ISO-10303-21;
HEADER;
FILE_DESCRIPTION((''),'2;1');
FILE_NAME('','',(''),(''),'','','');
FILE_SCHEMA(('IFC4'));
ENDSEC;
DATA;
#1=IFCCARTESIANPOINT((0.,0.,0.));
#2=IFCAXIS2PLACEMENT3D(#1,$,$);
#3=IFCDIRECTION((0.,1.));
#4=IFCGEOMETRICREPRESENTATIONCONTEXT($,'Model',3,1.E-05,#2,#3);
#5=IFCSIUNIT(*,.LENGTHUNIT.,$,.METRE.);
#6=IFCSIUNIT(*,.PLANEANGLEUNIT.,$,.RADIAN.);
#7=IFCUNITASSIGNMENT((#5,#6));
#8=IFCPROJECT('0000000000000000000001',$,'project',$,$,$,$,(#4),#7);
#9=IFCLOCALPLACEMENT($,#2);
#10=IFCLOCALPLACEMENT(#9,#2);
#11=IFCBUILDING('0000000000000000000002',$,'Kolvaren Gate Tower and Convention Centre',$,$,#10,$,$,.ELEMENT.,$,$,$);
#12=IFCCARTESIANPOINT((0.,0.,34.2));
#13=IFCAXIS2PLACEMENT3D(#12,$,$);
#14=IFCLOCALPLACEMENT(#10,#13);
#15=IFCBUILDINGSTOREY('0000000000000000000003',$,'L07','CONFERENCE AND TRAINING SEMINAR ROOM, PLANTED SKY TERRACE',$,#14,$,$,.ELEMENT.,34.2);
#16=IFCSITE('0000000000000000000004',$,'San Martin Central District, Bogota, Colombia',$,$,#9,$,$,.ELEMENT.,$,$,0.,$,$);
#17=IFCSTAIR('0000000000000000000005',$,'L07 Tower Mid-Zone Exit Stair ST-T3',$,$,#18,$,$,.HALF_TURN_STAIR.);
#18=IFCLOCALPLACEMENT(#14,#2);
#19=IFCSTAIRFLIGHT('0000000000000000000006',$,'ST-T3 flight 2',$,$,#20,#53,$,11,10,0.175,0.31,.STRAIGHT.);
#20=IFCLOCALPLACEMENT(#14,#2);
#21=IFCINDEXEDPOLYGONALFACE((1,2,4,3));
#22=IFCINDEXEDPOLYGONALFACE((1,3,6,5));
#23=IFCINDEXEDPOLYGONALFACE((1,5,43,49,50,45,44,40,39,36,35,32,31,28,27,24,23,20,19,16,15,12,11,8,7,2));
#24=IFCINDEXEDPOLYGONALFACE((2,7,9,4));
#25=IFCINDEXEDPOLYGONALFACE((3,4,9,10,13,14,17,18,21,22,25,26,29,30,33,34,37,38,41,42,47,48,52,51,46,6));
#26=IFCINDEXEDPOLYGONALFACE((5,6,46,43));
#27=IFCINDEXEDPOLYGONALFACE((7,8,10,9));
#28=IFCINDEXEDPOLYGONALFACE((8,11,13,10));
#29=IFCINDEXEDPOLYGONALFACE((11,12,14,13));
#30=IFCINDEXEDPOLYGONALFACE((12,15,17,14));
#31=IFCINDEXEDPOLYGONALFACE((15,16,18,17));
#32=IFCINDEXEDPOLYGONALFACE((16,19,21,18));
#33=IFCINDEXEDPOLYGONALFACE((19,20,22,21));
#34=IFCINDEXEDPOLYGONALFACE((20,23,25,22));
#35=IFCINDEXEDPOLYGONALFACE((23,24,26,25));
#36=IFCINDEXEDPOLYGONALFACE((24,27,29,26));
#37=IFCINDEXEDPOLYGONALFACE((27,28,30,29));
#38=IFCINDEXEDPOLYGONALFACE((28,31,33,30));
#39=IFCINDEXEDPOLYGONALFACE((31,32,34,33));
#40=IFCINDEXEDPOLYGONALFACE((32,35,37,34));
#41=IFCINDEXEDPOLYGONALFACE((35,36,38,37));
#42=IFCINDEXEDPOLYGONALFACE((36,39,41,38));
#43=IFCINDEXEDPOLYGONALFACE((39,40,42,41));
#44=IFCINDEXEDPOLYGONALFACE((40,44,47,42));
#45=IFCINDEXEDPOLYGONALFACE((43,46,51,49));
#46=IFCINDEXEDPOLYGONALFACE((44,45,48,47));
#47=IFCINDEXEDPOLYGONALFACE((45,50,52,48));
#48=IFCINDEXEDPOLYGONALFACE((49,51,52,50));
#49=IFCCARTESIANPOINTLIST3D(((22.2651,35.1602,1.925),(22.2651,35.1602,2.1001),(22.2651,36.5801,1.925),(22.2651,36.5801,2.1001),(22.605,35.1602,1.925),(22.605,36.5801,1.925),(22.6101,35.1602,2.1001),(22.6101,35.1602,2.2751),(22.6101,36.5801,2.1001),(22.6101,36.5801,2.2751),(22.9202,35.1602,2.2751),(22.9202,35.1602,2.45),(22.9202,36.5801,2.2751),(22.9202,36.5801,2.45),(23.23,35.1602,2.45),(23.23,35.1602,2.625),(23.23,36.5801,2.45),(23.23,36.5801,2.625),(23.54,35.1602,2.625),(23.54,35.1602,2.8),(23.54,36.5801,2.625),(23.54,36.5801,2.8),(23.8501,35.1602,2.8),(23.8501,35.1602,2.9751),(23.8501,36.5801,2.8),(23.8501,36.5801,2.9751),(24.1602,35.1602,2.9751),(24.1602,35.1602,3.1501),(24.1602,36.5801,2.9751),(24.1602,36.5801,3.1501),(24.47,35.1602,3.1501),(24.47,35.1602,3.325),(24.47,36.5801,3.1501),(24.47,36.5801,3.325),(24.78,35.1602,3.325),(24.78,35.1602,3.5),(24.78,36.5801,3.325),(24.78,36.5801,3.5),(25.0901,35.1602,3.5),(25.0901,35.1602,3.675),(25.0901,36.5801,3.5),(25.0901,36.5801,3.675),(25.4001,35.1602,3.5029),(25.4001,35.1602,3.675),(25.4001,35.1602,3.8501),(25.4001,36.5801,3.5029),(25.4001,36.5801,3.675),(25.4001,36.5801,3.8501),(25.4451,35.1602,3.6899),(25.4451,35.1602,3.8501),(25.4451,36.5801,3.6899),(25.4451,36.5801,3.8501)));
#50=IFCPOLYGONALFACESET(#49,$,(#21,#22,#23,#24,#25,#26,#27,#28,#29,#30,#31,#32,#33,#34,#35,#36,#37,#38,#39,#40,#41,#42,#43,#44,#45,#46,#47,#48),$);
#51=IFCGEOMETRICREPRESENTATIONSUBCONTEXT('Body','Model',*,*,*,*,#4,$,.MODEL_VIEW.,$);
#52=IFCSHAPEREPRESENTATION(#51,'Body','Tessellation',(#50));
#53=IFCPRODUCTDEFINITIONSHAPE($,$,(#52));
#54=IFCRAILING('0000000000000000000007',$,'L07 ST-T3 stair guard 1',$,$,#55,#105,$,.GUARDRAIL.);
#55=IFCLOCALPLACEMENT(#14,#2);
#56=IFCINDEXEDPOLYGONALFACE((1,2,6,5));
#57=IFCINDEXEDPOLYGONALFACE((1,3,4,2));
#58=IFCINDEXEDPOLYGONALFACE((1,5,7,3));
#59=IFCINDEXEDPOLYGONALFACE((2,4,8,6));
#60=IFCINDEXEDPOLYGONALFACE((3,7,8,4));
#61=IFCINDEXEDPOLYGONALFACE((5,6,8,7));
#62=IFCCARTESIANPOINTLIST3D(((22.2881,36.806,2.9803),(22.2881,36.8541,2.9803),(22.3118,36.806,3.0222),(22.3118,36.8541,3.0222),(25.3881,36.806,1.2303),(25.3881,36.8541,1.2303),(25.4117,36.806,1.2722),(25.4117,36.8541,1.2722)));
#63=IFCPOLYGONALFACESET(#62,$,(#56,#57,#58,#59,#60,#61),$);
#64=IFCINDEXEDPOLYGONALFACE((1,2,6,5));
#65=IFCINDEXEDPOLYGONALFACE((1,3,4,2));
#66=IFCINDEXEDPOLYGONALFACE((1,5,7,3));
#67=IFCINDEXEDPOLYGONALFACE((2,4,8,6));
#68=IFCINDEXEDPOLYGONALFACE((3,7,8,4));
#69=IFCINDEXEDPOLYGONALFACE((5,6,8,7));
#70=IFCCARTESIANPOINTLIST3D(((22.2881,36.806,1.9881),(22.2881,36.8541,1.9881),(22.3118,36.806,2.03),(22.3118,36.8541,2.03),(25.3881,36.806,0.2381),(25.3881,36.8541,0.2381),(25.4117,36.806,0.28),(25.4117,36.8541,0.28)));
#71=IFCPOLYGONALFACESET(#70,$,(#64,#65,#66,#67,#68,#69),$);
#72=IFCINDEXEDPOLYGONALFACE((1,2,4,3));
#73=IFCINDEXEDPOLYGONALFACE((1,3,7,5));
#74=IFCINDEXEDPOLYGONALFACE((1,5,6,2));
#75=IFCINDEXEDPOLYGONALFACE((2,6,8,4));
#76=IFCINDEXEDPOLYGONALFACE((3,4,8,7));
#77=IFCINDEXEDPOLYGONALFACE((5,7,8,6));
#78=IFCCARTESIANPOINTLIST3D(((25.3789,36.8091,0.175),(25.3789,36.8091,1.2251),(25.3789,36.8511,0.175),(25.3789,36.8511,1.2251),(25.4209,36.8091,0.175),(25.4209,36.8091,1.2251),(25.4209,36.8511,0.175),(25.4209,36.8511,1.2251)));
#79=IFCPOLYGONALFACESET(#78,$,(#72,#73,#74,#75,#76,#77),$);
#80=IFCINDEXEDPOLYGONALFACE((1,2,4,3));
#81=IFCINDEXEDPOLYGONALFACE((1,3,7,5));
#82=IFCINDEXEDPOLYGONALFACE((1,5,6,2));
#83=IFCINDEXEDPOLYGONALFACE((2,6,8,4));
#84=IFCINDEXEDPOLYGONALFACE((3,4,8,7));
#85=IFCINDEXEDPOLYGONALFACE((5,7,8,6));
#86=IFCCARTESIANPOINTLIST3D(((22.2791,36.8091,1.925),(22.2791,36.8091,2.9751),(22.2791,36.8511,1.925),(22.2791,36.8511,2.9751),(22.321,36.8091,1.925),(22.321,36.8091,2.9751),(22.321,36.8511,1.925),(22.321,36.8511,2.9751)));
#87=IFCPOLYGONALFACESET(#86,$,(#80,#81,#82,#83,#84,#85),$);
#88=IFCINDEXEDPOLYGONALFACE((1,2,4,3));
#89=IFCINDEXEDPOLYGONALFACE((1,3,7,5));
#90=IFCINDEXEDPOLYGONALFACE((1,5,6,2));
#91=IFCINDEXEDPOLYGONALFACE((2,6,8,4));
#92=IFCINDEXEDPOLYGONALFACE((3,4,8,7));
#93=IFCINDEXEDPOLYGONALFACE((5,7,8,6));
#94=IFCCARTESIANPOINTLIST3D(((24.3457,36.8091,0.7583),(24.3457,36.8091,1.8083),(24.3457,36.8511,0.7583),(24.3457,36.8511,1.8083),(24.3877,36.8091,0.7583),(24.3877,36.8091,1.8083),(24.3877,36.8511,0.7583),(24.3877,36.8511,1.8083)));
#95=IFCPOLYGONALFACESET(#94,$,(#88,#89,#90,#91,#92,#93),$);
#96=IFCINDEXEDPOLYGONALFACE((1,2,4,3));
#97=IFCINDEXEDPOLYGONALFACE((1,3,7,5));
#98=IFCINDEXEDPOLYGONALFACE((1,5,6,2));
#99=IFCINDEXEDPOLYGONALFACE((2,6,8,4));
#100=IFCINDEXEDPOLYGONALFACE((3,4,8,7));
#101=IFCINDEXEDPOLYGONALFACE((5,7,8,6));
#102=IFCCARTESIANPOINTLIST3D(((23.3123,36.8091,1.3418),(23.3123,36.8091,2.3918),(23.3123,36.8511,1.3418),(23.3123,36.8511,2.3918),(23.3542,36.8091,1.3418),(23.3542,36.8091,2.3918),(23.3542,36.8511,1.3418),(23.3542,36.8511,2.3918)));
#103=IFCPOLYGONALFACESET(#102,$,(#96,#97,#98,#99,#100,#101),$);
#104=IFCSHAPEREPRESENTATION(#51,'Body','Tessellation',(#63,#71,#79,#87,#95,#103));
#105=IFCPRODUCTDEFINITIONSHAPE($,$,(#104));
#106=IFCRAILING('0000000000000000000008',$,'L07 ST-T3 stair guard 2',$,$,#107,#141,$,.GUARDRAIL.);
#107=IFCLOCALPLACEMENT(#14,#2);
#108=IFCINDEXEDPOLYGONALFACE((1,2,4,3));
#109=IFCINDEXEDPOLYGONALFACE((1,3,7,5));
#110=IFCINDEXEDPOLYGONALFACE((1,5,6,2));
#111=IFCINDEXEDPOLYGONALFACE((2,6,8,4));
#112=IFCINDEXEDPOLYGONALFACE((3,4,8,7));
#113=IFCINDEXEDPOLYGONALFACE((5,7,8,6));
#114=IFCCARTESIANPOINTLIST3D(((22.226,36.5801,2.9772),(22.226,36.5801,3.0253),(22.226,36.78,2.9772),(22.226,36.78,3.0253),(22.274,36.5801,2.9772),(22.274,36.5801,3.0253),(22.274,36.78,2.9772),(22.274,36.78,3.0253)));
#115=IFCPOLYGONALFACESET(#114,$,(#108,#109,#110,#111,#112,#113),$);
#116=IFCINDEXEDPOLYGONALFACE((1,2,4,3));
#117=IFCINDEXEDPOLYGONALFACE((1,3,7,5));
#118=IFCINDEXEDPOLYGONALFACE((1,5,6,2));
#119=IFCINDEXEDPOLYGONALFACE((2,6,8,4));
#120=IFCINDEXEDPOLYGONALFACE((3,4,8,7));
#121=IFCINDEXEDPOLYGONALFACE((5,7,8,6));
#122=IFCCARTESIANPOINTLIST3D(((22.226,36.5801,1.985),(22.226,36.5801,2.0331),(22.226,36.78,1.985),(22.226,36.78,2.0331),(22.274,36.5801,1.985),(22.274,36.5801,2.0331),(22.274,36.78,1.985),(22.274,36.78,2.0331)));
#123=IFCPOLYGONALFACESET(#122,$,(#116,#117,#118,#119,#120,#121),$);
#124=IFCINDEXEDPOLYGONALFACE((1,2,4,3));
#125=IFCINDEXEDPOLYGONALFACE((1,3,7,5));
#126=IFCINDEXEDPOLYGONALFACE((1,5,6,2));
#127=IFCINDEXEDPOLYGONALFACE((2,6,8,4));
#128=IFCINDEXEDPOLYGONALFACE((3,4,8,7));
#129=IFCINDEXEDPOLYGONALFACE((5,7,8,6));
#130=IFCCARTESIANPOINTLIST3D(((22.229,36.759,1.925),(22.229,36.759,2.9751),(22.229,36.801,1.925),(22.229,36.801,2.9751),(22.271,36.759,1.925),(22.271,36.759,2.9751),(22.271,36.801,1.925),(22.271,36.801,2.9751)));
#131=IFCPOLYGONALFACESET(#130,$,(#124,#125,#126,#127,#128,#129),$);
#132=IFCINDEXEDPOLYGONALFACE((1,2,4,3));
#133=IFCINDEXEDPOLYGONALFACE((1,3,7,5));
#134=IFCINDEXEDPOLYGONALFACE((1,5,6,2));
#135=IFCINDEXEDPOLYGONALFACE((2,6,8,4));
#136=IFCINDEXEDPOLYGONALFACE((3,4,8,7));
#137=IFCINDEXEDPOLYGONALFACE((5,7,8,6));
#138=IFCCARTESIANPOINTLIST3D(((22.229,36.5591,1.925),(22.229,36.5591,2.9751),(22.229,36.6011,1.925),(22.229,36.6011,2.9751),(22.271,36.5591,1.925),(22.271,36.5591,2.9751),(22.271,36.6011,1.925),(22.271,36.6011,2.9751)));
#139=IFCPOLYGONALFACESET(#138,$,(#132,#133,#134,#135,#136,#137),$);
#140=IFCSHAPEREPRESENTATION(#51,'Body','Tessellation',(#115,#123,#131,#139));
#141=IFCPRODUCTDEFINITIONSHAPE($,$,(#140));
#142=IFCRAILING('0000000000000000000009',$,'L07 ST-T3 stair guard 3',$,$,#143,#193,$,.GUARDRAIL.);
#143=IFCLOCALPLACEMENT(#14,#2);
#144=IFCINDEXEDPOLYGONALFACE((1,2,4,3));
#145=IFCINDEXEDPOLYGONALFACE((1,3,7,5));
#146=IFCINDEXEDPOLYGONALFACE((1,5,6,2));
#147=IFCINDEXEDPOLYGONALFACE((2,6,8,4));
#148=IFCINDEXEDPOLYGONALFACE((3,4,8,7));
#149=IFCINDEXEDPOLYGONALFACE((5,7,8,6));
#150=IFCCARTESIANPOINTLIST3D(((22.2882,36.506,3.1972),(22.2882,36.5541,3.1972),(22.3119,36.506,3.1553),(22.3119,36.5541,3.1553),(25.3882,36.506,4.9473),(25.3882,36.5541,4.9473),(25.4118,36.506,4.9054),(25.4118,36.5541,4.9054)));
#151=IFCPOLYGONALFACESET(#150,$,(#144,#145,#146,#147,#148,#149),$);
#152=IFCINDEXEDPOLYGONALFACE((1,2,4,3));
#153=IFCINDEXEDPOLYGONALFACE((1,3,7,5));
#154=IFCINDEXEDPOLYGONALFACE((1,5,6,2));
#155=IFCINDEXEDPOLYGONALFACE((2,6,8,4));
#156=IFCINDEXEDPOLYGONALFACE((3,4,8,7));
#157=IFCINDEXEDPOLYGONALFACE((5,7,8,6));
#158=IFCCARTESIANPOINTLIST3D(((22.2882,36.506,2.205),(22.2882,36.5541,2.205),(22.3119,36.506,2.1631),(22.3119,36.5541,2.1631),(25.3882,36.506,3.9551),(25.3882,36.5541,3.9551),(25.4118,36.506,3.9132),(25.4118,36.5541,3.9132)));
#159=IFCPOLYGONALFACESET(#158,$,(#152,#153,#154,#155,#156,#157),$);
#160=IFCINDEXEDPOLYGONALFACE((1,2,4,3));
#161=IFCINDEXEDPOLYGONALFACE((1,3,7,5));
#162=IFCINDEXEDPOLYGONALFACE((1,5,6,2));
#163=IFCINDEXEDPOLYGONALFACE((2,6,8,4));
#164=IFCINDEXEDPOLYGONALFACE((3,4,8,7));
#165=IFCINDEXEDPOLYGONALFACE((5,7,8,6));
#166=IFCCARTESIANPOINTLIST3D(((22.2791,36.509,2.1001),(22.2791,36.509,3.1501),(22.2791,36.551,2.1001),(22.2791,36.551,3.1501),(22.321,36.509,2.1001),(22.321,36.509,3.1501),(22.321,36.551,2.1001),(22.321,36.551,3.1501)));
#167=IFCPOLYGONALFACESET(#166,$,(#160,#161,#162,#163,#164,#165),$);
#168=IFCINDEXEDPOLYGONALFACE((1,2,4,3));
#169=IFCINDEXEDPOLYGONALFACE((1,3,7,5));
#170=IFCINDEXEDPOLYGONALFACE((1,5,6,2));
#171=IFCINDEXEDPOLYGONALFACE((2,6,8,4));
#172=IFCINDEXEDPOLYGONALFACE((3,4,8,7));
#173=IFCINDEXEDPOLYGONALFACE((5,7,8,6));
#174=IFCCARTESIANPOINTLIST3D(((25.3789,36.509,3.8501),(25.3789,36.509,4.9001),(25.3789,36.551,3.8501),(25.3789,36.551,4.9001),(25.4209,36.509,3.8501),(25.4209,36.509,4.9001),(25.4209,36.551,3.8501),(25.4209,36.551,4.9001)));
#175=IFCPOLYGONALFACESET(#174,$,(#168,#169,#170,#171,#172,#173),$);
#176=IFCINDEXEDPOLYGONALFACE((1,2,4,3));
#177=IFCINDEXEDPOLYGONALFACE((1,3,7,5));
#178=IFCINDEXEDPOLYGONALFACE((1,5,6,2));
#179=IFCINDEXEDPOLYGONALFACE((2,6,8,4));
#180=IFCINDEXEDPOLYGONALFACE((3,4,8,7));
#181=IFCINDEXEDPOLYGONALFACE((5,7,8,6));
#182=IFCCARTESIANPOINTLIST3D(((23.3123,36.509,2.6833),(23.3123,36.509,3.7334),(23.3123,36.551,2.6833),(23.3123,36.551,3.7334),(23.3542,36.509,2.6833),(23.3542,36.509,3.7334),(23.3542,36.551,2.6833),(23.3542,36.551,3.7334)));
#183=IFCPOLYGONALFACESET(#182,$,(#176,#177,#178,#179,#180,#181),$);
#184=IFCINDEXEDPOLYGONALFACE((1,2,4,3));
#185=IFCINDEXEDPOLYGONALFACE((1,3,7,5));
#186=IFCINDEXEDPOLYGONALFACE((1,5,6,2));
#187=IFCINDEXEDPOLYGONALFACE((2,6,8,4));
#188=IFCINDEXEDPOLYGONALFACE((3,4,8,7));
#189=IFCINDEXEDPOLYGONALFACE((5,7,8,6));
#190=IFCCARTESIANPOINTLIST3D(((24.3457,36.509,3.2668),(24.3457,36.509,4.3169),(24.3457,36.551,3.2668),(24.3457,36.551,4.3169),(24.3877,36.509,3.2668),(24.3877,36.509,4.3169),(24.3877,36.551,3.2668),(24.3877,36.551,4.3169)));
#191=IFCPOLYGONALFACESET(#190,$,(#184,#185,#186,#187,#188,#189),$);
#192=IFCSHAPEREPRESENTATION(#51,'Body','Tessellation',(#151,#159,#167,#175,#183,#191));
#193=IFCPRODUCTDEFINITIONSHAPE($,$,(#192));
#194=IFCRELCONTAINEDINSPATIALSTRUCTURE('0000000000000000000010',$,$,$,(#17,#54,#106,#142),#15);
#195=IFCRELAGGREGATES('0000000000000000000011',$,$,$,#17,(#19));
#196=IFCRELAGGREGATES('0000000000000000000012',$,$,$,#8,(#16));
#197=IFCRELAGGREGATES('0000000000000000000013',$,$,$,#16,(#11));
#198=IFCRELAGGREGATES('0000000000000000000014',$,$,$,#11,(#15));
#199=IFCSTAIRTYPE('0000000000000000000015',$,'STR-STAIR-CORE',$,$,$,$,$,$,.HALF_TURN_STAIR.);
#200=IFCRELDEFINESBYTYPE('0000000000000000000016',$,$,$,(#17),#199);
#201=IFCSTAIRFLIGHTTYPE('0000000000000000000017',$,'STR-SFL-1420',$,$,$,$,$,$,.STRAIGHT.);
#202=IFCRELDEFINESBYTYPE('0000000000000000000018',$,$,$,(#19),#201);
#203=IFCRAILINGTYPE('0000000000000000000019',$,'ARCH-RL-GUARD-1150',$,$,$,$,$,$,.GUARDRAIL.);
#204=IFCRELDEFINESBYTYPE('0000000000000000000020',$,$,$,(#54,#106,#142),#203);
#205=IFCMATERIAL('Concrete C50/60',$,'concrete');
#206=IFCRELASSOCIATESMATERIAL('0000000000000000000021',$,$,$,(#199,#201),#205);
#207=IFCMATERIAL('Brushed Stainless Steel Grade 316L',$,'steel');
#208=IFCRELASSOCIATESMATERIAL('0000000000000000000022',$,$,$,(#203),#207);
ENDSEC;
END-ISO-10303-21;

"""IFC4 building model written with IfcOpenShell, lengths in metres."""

from ifc_helpers import new_model, si_unit, direction, frame, origin, origin_2d, place, context, subcontext, project, spatial, polyline, rectangle, outline, extrude, material, type_object, element, aggregate, save


model = new_model("IFC4")

# Units and contexts
model_context = context("Model", 3, precision=1e-05, world=origin(), true_north=direction((0.0, 1.0)))
body_context = subcontext(model_context, "Body", "Model", "MODEL_VIEW")
ifc_project = project(units=[si_unit("LENGTHUNIT", "METRE"), si_unit("PLANEANGLEUNIT", "RADIAN")], contexts=[model_context])

# Site, building, storey
site_placement = place(None, origin())
site = spatial("IfcSite", under=ifc_project, at=site_placement, Name="San Martin Central District, Bogota, Colombia", CompositionType="ELEMENT", RefElevation=0.0)
building_placement = place(site_placement, origin())
building = spatial("IfcBuilding", under=site, at=building_placement, Name="Kolvaren Gate Tower and Convention Centre", CompositionType="ELEMENT")
storey_placement = place(building_placement, frame((0.0, 0.0, 34.2)))
storey = spatial("IfcBuildingStorey", under=building, at=storey_placement, Name="L07", Description="CONFERENCE AND TRAINING SEMINAR ROOM, PLANTED SKY TERRACE", CompositionType="ELEMENT", Elevation=34.2)

# Shared definitions
ifc_material_1 = material(Name="Concrete C50/60", Category="concrete")

# Stair, stair flight
stair_type = type_object("IfcStairType", Name="STR-STAIR-CORE", PredefinedType="HALF_TURN_STAIR", material=ifc_material_1)
stair_placement = place(storey_placement, origin())
stair = element("IfcStair", 1, at=stair_placement, inside=storey, type_object=stair_type, Name="L07 Tower Mid-Zone Exit Stair ST-T3", PredefinedType="HALF_TURN_STAIR")
stair_flight_type = type_object("IfcStairFlightType", Name="STR-SFL-1420", PredefinedType="STRAIGHT", material=ifc_material_1)
stair_flight_1_placement = place(storey_placement, frame((22.3, 35.8701, 1.925), z_axis=(0.0, 0.0, 1.0), x_axis=(1.0, 0.0, 0.0)))
stair_flight_1 = element("IfcStairFlight", 2, at=stair_flight_1_placement, type_object=stair_flight_type, Name="ST-T3 flight 2", NumberOfRisers=11, NumberOfTreads=10, PredefinedType="STRAIGHT", RiserHeight=0.175, TreadLength=0.31, context=body_context, shape_type="SweptSolid", body=[
    extrude(outline(polyline([(-0.0349, 0.0), (-0.0349, 0.175), (0.3101, 0.175), (0.3101, 0.3501), (0.6201, 0.3501), (0.6201, 0.5249), (0.9299, 0.5249), (0.9299, 0.7), (1.24, 0.7), (1.24, 0.875), (1.55, 0.875), (1.55, 1.05), (1.8601, 1.05), (1.8601, 1.2251), (2.1699, 1.2251), (2.1699, 1.3999), (2.48, 1.3999), (2.48, 1.575), (2.79, 1.575), (2.79, 1.75), (3.1001, 1.75), (3.1001, 1.925), (3.145, 1.925), (3.145, 1.7649), (3.1001, 1.5779), (0.3049, 0.0), (-0.0349, 0.0)])), frame((0.0, 0.71, 0.0), z_axis=(0.0, -1.0, 0.0), x_axis=(1.0, 0.0, 0.0)), (0.0, 0.0, 1.0), 1.4199),
])
aggregate(stair, [stair_flight_1])

# Railings
ifc_material_2 = material(Name="Brushed Stainless Steel Grade 316L", Category="steel")
railing_type_1 = type_object("IfcRailingType", Name="ARCH-RL-GUARD-1150", PredefinedType="GUARDRAIL", material=ifc_material_2)
railing_1_placement = place(storey_placement, frame((25.3999, 36.8301, 0.175)))
element("IfcRailing", 3, at=railing_1_placement, inside=storey, type_object=railing_type_1, Name="L07 ST-T3 stair guard 1", PredefinedType="GUARDRAIL", context=body_context, shape_type="SweptSolid", body=[
    extrude(rectangle(XDim=0.0481, YDim=0.0481, at=origin_2d()), frame((0.0, 0.0, 1.0762), z_axis=(-0.870814, 0.0, 0.491612), x_axis=(0.0, -1.0, 0.0)), (0.0, 0.0, 1.0), 3.5598),
    extrude(rectangle(XDim=0.0481, YDim=0.0481, at=origin_2d()), frame((0.0, 0.0, 0.084), z_axis=(-0.870814, 0.0, 0.491612), x_axis=(0.0, -1.0, 0.0)), (0.0, 0.0, 1.0), 3.5598),
    extrude(rectangle(XDim=0.042, YDim=0.042, at=origin_2d()), origin(), (0.0, 0.0, 1.0), 1.05),
    extrude(rectangle(XDim=0.042, YDim=0.042, at=origin_2d()), frame((-3.0999, 0.0, 1.75)), (0.0, 0.0, 1.0), 1.05),
    extrude(rectangle(XDim=0.042, YDim=0.042, at=origin_2d()), frame((-1.0332, 0.0, 0.5833)), (0.0, 0.0, 1.0), 1.05),
    extrude(rectangle(XDim=0.042, YDim=0.042, at=origin_2d()), frame((-2.0667, 0.0, 1.1667)), (0.0, 0.0, 1.0), 1.05),
])
railing_2_placement = place(storey_placement, frame((22.25, 36.78, 1.925)))
element("IfcRailing", 4, at=railing_2_placement, inside=storey, type_object=railing_type_1, Name="L07 ST-T3 stair guard 2", PredefinedType="GUARDRAIL", context=body_context, shape_type="SweptSolid", body=[
    extrude(rectangle(XDim=0.0481, YDim=0.0481, at=origin_2d()), frame((0.0, 0.0, 1.0762), z_axis=(0.0, -1.0, 0.0), x_axis=(1.0, 0.0, 0.0)), (0.0, 0.0, 1.0), 0.2),
    extrude(rectangle(XDim=0.0481, YDim=0.0481, at=origin_2d()), frame((0.0, 0.0, 0.084), z_axis=(0.0, -1.0, 0.0), x_axis=(1.0, 0.0, 0.0)), (0.0, 0.0, 1.0), 0.2),
    extrude(rectangle(XDim=0.042, YDim=0.042, at=origin_2d()), origin(), (0.0, 0.0, 1.0), 1.05),
    extrude(rectangle(XDim=0.042, YDim=0.042, at=origin_2d()), frame((0.0, -0.2, 0.0)), (0.0, 0.0, 1.0), 1.05),
])
railing_3_placement = place(storey_placement, frame((22.3, 36.53, 2.1001)))
element("IfcRailing", 5, at=railing_3_placement, inside=storey, type_object=railing_type_1, Name="L07 ST-T3 stair guard 3", PredefinedType="GUARDRAIL", context=body_context, shape_type="SweptSolid", body=[
    extrude(rectangle(XDim=0.0481, YDim=0.0481, at=origin_2d()), frame((0.0, 0.0, 1.0762), z_axis=(0.870814, 0.0, 0.491612), x_axis=(0.0, 1.0, 0.0)), (0.0, 0.0, 1.0), 3.5598),
    extrude(rectangle(XDim=0.0481, YDim=0.0481, at=origin_2d()), frame((0.0, 0.0, 0.084), z_axis=(0.870814, 0.0, 0.491612), x_axis=(0.0, 1.0, 0.0)), (0.0, 0.0, 1.0), 3.5598),
    extrude(rectangle(XDim=0.042, YDim=0.042, at=origin_2d()), origin(), (0.0, 0.0, 1.0), 1.05),
    extrude(rectangle(XDim=0.042, YDim=0.042, at=origin_2d()), frame((3.0999, 0.0, 1.75)), (0.0, 0.0, 1.0), 1.05),
    extrude(rectangle(XDim=0.042, YDim=0.042, at=origin_2d()), frame((1.0332, 0.0, 0.5833)), (0.0, 0.0, 1.0), 1.05),
    extrude(rectangle(XDim=0.042, YDim=0.042, at=origin_2d()), frame((2.0667, 0.0, 1.1667)), (0.0, 0.0, 1.0), 1.05),
])

save(model, "model.ifc")
